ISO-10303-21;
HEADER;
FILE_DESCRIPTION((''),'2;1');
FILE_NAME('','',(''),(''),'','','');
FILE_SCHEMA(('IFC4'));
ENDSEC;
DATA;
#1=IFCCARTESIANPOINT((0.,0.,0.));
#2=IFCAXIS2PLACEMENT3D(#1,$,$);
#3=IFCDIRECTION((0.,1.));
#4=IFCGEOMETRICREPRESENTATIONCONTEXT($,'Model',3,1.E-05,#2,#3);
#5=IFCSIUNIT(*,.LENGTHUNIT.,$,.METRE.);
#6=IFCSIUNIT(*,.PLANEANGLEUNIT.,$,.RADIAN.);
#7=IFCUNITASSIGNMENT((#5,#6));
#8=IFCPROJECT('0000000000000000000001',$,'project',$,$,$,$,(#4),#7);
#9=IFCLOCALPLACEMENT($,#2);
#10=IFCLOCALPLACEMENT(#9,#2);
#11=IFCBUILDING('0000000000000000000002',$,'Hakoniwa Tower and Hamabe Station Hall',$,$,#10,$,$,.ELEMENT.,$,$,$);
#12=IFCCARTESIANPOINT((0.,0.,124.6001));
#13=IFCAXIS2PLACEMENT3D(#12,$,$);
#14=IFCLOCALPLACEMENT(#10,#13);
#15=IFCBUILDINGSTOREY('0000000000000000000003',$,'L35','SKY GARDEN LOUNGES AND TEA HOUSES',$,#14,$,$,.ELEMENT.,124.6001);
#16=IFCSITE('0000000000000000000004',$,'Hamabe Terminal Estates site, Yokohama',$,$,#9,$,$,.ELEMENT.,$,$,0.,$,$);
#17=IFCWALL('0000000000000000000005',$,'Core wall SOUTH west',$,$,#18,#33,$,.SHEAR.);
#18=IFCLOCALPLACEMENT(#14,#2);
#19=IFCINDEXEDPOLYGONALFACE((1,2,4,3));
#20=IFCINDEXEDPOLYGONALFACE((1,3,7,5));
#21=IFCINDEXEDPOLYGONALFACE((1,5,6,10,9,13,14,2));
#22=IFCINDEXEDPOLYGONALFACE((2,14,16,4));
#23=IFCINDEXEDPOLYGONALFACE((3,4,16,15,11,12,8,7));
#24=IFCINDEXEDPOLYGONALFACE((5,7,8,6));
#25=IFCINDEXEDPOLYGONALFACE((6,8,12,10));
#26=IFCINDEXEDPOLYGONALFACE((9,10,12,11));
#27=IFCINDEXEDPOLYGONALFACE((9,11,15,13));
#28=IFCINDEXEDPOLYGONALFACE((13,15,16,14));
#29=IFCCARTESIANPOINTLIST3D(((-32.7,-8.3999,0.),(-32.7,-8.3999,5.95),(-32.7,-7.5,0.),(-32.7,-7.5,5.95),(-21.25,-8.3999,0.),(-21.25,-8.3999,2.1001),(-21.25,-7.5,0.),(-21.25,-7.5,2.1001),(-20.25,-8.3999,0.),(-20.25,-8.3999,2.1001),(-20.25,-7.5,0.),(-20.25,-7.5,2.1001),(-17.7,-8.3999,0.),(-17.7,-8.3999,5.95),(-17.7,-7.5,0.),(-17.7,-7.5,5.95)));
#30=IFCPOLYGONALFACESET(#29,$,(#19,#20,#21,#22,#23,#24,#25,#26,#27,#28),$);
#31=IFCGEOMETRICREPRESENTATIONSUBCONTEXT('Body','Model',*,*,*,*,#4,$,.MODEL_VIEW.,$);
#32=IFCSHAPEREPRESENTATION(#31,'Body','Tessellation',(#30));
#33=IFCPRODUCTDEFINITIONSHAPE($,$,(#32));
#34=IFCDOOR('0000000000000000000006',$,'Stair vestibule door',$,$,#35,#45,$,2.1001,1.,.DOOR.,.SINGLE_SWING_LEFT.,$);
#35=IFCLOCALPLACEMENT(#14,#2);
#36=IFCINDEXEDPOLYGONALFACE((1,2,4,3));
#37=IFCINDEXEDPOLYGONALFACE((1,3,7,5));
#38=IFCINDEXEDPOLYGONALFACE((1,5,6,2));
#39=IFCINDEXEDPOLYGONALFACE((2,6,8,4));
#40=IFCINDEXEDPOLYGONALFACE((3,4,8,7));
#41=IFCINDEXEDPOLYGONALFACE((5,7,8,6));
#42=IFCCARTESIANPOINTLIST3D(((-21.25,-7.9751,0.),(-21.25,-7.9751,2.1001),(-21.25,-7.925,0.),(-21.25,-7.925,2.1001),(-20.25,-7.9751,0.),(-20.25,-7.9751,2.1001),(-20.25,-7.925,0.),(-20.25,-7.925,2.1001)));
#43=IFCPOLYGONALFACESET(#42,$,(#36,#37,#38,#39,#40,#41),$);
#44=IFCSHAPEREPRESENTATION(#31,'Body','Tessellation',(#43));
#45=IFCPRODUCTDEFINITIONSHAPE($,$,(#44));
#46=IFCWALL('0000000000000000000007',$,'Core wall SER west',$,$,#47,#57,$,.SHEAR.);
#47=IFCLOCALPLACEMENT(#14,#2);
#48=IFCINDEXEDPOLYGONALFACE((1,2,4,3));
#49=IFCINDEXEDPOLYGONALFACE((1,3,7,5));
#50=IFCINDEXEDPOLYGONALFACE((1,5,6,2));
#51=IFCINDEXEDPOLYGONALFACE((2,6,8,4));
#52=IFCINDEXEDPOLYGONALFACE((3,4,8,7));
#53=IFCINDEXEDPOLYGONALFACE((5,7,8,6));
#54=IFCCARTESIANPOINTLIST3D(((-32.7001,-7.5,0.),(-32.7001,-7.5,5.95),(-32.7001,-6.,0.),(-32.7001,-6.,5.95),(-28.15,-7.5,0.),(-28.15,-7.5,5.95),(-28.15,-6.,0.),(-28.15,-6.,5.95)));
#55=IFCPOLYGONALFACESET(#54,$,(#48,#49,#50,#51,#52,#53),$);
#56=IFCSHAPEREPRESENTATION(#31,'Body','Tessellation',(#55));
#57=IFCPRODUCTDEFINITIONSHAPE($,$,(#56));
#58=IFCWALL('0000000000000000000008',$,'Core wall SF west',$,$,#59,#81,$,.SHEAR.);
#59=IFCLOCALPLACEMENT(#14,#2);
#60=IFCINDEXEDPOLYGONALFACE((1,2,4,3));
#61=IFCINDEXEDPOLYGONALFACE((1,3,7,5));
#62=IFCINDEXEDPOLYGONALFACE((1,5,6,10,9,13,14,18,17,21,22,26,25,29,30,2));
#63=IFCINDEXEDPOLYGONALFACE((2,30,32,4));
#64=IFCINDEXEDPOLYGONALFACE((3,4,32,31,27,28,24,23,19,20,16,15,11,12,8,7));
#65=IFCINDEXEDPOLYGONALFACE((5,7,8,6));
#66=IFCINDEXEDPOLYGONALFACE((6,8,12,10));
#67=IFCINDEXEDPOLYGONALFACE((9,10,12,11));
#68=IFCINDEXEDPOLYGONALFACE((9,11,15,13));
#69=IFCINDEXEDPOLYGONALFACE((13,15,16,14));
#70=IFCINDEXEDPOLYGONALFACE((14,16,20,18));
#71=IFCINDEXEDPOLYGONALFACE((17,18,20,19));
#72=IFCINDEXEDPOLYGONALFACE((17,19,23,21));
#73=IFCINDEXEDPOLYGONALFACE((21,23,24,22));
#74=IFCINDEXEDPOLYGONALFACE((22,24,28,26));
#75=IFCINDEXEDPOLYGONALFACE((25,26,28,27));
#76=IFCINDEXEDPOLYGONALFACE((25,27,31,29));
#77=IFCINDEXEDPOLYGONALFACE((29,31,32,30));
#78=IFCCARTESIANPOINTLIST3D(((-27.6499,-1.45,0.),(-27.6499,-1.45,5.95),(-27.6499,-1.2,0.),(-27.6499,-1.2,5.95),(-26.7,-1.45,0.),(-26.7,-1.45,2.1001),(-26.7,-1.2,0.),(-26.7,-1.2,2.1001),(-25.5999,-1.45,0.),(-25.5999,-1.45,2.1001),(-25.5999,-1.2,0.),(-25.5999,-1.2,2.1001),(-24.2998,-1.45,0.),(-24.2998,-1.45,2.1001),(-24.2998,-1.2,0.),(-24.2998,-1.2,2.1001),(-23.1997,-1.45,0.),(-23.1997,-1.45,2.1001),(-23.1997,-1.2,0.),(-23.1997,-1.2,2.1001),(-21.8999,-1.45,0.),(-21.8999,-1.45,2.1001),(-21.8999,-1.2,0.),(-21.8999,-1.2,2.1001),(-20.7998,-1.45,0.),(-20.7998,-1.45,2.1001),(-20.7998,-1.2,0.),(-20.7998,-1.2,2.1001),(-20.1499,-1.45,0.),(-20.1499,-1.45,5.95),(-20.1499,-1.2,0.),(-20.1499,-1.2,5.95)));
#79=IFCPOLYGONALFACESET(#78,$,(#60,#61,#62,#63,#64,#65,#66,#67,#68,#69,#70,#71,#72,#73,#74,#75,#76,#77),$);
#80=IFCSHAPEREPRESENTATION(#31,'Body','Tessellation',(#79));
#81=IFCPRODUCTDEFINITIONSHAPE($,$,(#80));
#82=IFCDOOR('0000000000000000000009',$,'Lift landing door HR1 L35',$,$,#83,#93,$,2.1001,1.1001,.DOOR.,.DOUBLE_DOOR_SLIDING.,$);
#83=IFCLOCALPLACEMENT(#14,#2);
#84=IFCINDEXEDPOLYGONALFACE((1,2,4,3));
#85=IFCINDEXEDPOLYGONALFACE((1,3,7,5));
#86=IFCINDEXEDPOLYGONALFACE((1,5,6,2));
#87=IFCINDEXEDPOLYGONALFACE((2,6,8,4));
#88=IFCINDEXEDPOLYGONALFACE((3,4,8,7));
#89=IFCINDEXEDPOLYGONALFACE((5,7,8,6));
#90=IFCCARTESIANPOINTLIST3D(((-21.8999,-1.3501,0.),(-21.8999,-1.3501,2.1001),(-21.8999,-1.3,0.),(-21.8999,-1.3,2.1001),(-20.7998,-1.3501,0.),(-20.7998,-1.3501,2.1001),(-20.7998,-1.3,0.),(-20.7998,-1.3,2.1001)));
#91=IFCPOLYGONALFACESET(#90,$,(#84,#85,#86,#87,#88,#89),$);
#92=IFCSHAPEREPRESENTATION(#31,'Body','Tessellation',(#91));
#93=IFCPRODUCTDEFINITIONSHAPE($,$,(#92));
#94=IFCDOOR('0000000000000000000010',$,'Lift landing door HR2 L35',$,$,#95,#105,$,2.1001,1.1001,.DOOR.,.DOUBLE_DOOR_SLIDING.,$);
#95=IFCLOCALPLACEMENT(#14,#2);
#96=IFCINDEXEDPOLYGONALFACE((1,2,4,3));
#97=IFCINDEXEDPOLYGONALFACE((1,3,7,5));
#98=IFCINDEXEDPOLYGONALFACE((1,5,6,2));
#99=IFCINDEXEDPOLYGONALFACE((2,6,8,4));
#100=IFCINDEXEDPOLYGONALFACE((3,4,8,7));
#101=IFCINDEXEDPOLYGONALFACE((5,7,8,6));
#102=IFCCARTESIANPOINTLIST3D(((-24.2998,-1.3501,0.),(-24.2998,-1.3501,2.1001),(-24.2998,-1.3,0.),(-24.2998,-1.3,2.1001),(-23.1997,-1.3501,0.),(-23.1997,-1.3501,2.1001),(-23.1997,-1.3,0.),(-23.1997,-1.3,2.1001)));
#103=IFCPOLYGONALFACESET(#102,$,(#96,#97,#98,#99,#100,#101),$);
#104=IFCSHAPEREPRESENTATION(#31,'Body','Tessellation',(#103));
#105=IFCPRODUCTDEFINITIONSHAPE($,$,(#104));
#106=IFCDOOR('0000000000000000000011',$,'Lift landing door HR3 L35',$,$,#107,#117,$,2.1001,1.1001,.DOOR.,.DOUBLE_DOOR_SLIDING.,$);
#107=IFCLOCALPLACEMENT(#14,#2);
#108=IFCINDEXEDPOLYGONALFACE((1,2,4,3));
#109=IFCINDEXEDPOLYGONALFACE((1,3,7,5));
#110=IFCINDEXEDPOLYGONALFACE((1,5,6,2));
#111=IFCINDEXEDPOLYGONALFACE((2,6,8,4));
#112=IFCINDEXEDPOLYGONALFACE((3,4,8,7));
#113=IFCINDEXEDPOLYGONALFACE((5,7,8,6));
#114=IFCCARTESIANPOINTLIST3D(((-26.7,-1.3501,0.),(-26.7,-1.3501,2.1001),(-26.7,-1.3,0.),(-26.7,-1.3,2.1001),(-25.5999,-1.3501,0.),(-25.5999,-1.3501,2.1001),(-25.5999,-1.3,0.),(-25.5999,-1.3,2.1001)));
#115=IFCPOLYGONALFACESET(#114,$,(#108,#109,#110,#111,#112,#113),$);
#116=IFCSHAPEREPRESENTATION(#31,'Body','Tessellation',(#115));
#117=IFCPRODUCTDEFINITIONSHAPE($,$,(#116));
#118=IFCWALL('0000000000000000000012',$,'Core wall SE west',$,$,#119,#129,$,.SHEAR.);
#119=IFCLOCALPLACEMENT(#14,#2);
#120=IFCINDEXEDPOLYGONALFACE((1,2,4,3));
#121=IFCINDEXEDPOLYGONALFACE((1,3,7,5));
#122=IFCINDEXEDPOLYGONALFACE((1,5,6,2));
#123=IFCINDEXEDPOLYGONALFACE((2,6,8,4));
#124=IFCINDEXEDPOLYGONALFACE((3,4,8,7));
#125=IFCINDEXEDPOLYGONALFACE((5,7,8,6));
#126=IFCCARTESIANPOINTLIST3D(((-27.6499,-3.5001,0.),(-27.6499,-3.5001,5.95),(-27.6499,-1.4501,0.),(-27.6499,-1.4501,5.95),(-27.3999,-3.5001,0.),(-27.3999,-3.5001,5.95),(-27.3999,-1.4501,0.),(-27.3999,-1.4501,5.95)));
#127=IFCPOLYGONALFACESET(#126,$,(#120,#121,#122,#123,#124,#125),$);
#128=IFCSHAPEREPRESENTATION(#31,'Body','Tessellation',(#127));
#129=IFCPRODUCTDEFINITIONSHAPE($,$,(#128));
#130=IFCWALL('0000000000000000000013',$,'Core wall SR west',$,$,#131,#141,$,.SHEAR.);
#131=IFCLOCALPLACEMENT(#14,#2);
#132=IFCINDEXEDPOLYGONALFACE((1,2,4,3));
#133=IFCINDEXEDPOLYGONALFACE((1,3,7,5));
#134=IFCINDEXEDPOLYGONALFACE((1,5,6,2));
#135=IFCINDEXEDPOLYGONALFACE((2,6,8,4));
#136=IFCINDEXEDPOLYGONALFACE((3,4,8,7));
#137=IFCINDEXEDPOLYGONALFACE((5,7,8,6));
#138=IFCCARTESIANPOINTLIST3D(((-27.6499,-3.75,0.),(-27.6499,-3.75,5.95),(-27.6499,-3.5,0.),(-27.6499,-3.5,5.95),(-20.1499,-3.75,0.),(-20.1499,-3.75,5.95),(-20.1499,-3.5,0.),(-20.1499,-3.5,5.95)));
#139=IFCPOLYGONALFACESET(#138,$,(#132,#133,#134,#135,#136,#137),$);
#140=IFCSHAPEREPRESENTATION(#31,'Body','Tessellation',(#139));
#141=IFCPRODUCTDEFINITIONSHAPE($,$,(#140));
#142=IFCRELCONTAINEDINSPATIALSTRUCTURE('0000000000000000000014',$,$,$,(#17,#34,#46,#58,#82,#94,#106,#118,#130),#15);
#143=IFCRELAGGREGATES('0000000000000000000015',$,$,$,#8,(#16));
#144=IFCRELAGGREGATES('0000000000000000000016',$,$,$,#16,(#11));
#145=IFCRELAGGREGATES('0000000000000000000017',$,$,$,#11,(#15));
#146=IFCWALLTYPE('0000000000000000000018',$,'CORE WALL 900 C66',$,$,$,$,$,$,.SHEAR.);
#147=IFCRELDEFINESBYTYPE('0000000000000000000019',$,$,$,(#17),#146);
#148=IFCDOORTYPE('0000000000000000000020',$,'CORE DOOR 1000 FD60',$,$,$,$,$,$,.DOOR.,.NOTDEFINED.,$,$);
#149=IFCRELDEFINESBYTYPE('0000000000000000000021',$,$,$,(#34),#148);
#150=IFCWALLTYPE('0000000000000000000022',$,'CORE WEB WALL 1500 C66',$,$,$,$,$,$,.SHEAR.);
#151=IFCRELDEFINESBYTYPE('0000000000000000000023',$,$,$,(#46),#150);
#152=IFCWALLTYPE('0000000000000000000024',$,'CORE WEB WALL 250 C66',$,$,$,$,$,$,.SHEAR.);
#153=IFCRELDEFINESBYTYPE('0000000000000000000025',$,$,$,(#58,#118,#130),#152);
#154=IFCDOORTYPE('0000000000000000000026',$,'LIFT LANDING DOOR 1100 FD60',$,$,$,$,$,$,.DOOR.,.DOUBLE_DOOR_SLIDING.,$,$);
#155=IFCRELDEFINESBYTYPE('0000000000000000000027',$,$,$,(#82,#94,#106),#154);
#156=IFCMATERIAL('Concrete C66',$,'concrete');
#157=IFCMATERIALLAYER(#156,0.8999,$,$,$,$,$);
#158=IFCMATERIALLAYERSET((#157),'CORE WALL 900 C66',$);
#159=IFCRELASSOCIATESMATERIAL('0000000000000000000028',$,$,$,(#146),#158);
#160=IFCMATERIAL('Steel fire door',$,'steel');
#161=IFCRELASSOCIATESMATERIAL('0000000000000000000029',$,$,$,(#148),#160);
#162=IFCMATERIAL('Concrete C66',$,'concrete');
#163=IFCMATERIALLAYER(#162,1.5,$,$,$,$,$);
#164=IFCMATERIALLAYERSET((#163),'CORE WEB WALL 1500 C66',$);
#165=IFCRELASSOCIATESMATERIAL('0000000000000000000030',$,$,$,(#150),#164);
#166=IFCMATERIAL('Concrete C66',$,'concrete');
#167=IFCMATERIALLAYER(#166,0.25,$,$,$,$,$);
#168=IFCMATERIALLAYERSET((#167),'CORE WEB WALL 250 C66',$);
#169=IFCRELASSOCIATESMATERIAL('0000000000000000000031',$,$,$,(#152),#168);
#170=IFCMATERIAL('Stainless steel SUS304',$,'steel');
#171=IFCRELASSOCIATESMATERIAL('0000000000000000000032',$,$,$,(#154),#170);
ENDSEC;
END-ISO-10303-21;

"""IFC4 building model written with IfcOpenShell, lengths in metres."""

from ifc_helpers import new_model, si_unit, direction, frame, frame_2d, origin, place, context, subcontext, project, spatial, rectangle, extrude, material, layer, layer_set, type_object, element, fill, save


model = new_model("IFC4")

# Units and contexts
model_context = context("Model", 3, precision=1e-05, world=origin(), true_north=direction((0.0, 1.0)))
body_context = subcontext(model_context, "Body", "Model", "MODEL_VIEW")
ifc_project = project(units=[si_unit("LENGTHUNIT", "METRE"), si_unit("PLANEANGLEUNIT", "RADIAN")], contexts=[model_context])

# Site, building, storey
site_placement = place(None, origin())
site = spatial("IfcSite", under=ifc_project, at=site_placement, Name="Hamabe Terminal Estates site, Yokohama", CompositionType="ELEMENT", RefElevation=0.0)
building_placement = place(site_placement, origin())
building = spatial("IfcBuilding", under=site, at=building_placement, Name="Hakoniwa Tower and Hamabe Station Hall", CompositionType="ELEMENT")
storey_placement = place(building_placement, frame((0.0, 0.0, 124.6001)))
storey = spatial("IfcBuildingStorey", under=building, at=storey_placement, Name="L35", Description="SKY GARDEN LOUNGES AND TEA HOUSES", CompositionType="ELEMENT", Elevation=124.6001)

# Shared definitions
ifc_material_1 = material(Name="Concrete C66", Category="concrete")
ifc_layer_1 = layer(ifc_material_1, 0.8999)
ifc_layer_set_1 = layer_set([ifc_layer_1], Name="CORE WALL 900 C66")
wall_type_1 = type_object("IfcWallType", Name="CORE WALL 900 C66", PredefinedType="SHEAR", material=ifc_layer_set_1)

# Wall, opening, door
wall_1_placement = place(storey_placement, frame((-32.7, -7.95, 0.0), z_axis=(0.0, 0.0, 1.0), x_axis=(1.0, 0.0, 0.0)))
wall_1 = element("IfcWall", 1, at=wall_1_placement, inside=storey, type_object=wall_type_1, Name="Core wall SOUTH west", PredefinedType="SHEAR", context=body_context, shape_type="SweptSolid", body=[
    extrude(rectangle(XDim=15.0, YDim=0.8999, at=frame_2d((7.5, 0.0))), origin(), (0.0, 0.0, 1.0), 5.95),
])
opening_1_placement = place(wall_1_placement, frame((11.45, 0.0, 0.0)))
opening_1 = element("IfcOpeningElement", 2, at=opening_1_placement, cuts=wall_1, PredefinedType="OPENING", context=body_context, shape_type="SweptSolid", body=[
    extrude(rectangle(XDim=1.0, YDim=2.1001, at=frame_2d((0.5, 1.05))), frame((0.0, 0.46, 0.0), z_axis=(0.0, -1.0, 0.0), x_axis=(1.0, 0.0, 0.0)), (0.0, 0.0, 1.0), 0.9199),
])
ifc_material_2 = material(Name="Steel fire door", Category="steel")
door_type_1 = type_object("IfcDoorType", Name="CORE DOOR 1000 FD60", OperationType="NOTDEFINED", PredefinedType="DOOR", material=ifc_material_2)
door_1_placement = place(opening_1_placement, origin())
door_1 = element("IfcDoor", 3, at=door_1_placement, inside=storey, type_object=door_type_1, Name="Stair vestibule door", OperationType="SINGLE_SWING_LEFT", OverallHeight=2.1001, OverallWidth=1.0, PredefinedType="DOOR", context=body_context, shape_type="SweptSolid", body=[
    extrude(rectangle(XDim=1.0, YDim=2.1001, at=frame_2d((0.5, 1.05))), frame((0.0, 0.0249, 0.0), z_axis=(0.0, -1.0, 0.0), x_axis=(1.0, 0.0, 0.0)), (0.0, 0.0, 1.0), 0.05),
])
fill(opening_1, door_1)

# Wall
ifc_material_3 = material(Name="Concrete C66", Category="concrete")
ifc_layer_2 = layer(ifc_material_3, 1.5)
ifc_layer_set_2 = layer_set([ifc_layer_2], Name="CORE WEB WALL 1500 C66")
wall_type_2 = type_object("IfcWallType", Name="CORE WEB WALL 1500 C66", PredefinedType="SHEAR", material=ifc_layer_set_2)
wall_2_placement = place(storey_placement, frame((-32.7, -6.75, 0.0), z_axis=(0.0, 0.0, 1.0), x_axis=(1.0, 0.0, 0.0)))
element("IfcWall", 4, at=wall_2_placement, inside=storey, type_object=wall_type_2, Name="Core wall SER west", PredefinedType="SHEAR", context=body_context, shape_type="SweptSolid", body=[
    extrude(rectangle(XDim=4.55, YDim=1.5, at=frame_2d((2.2749, 0.0))), origin(), (0.0, 0.0, 1.0), 5.95),
])

# Wall, openings, doors
ifc_material_4 = material(Name="Concrete C66", Category="concrete")
ifc_layer_3 = layer(ifc_material_4, 0.25)
ifc_layer_set_3 = layer_set([ifc_layer_3], Name="CORE WEB WALL 250 C66")
wall_type_3 = type_object("IfcWallType", Name="CORE WEB WALL 250 C66", PredefinedType="SHEAR", material=ifc_layer_set_3)
wall_3_placement = place(storey_placement, frame((-27.6499, -1.325, 0.0), z_axis=(0.0, 0.0, 1.0), x_axis=(1.0, 0.0, 0.0)))
wall_3 = element("IfcWall", 5, at=wall_3_placement, inside=storey, type_object=wall_type_3, Name="Core wall SF west", PredefinedType="SHEAR", context=body_context, shape_type="SweptSolid", body=[
    extrude(rectangle(XDim=7.5, YDim=0.25, at=frame_2d((3.75, 0.0))), origin(), (0.0, 0.0, 1.0), 5.95),
])
opening_2_placement = place(wall_3_placement, frame((5.75, 0.0, 0.0)))
opening_2 = element("IfcOpeningElement", 6, at=opening_2_placement, cuts=wall_3, PredefinedType="OPENING", context=body_context, shape_type="SweptSolid", body=[
    extrude(rectangle(XDim=1.1001, YDim=2.1001, at=frame_2d((0.55, 1.05))), frame((0.0, 0.135, 0.0), z_axis=(0.0, -1.0, 0.0), x_axis=(1.0, 0.0, 0.0)), (0.0, 0.0, 1.0), 0.27),
])
opening_3_placement = place(wall_3_placement, frame((3.3501, 0.0, 0.0)))
opening_3 = element("IfcOpeningElement", 7, at=opening_3_placement, cuts=wall_3, PredefinedType="OPENING", context=body_context, shape_type="SweptSolid", body=[
    extrude(rectangle(XDim=1.1001, YDim=2.1001, at=frame_2d((0.55, 1.05))), frame((0.0, 0.135, 0.0), z_axis=(0.0, -1.0, 0.0), x_axis=(1.0, 0.0, 0.0)), (0.0, 0.0, 1.0), 0.27),
])
opening_4_placement = place(wall_3_placement, frame((0.95, 0.0, 0.0)))
opening_4 = element("IfcOpeningElement", 8, at=opening_4_placement, cuts=wall_3, PredefinedType="OPENING", context=body_context, shape_type="SweptSolid", body=[
    extrude(rectangle(XDim=1.1001, YDim=2.1001, at=frame_2d((0.55, 1.05))), frame((0.0, 0.135, 0.0), z_axis=(0.0, -1.0, 0.0), x_axis=(1.0, 0.0, 0.0)), (0.0, 0.0, 1.0), 0.27),
])
ifc_material_5 = material(Name="Stainless steel SUS304", Category="steel")
door_type_2 = type_object("IfcDoorType", Name="LIFT LANDING DOOR 1100 FD60", OperationType="DOUBLE_DOOR_SLIDING", PredefinedType="DOOR", material=ifc_material_5)
door_2_placement = place(opening_2_placement, origin())
door_2 = element("IfcDoor", 9, at=door_2_placement, inside=storey, type_object=door_type_2, Name="Lift landing door HR1 L35", OperationType="DOUBLE_DOOR_SLIDING", OverallHeight=2.1001, OverallWidth=1.1001, PredefinedType="DOOR", context=body_context, shape_type="SweptSolid", body=[
    extrude(rectangle(XDim=1.1001, YDim=2.1001, at=frame_2d((0.55, 1.05))), frame((0.0, 0.0249, 0.0), z_axis=(0.0, -1.0, 0.0), x_axis=(1.0, 0.0, 0.0)), (0.0, 0.0, 1.0), 0.05),
])
fill(opening_2, door_2)
door_3_placement = place(opening_3_placement, origin())
door_3 = element("IfcDoor", 10, at=door_3_placement, inside=storey, type_object=door_type_2, Name="Lift landing door HR2 L35", OperationType="DOUBLE_DOOR_SLIDING", OverallHeight=2.1001, OverallWidth=1.1001, PredefinedType="DOOR", context=body_context, shape_type="SweptSolid", body=[
    extrude(rectangle(XDim=1.1001, YDim=2.1001, at=frame_2d((0.55, 1.05))), frame((0.0, 0.0249, 0.0), z_axis=(0.0, -1.0, 0.0), x_axis=(1.0, 0.0, 0.0)), (0.0, 0.0, 1.0), 0.05),
])
fill(opening_3, door_3)
door_4_placement = place(opening_4_placement, origin())
door_4 = element("IfcDoor", 11, at=door_4_placement, inside=storey, type_object=door_type_2, Name="Lift landing door HR3 L35", OperationType="DOUBLE_DOOR_SLIDING", OverallHeight=2.1001, OverallWidth=1.1001, PredefinedType="DOOR", context=body_context, shape_type="SweptSolid", body=[
    extrude(rectangle(XDim=1.1001, YDim=2.1001, at=frame_2d((0.55, 1.05))), frame((0.0, 0.0249, 0.0), z_axis=(0.0, -1.0, 0.0), x_axis=(1.0, 0.0, 0.0)), (0.0, 0.0, 1.0), 0.05),
])
fill(opening_4, door_4)

# Walls
wall_4_placement = place(storey_placement, frame((-27.5249, -3.5, 0.0), z_axis=(0.0, 0.0, 1.0), x_axis=(0.0, 1.0, 0.0)))
element("IfcWall", 12, at=wall_4_placement, inside=storey, type_object=wall_type_3, Name="Core wall SE west", PredefinedType="SHEAR", context=body_context, shape_type="SweptSolid", body=[
    extrude(rectangle(XDim=2.05, YDim=0.25, at=frame_2d((1.0249, 0.0))), origin(), (0.0, 0.0, 1.0), 5.95),
])
wall_5_placement = place(storey_placement, frame((-27.6499, -3.625, 0.0), z_axis=(0.0, 0.0, 1.0), x_axis=(1.0, 0.0, 0.0)))
element("IfcWall", 13, at=wall_5_placement, inside=storey, type_object=wall_type_3, Name="Core wall SR west", PredefinedType="SHEAR", context=body_context, shape_type="SweptSolid", body=[
    extrude(rectangle(XDim=7.5, YDim=0.25, at=frame_2d((3.75, 0.0))), origin(), (0.0, 0.0, 1.0), 5.95),
])

save(model, "model.ifc")
